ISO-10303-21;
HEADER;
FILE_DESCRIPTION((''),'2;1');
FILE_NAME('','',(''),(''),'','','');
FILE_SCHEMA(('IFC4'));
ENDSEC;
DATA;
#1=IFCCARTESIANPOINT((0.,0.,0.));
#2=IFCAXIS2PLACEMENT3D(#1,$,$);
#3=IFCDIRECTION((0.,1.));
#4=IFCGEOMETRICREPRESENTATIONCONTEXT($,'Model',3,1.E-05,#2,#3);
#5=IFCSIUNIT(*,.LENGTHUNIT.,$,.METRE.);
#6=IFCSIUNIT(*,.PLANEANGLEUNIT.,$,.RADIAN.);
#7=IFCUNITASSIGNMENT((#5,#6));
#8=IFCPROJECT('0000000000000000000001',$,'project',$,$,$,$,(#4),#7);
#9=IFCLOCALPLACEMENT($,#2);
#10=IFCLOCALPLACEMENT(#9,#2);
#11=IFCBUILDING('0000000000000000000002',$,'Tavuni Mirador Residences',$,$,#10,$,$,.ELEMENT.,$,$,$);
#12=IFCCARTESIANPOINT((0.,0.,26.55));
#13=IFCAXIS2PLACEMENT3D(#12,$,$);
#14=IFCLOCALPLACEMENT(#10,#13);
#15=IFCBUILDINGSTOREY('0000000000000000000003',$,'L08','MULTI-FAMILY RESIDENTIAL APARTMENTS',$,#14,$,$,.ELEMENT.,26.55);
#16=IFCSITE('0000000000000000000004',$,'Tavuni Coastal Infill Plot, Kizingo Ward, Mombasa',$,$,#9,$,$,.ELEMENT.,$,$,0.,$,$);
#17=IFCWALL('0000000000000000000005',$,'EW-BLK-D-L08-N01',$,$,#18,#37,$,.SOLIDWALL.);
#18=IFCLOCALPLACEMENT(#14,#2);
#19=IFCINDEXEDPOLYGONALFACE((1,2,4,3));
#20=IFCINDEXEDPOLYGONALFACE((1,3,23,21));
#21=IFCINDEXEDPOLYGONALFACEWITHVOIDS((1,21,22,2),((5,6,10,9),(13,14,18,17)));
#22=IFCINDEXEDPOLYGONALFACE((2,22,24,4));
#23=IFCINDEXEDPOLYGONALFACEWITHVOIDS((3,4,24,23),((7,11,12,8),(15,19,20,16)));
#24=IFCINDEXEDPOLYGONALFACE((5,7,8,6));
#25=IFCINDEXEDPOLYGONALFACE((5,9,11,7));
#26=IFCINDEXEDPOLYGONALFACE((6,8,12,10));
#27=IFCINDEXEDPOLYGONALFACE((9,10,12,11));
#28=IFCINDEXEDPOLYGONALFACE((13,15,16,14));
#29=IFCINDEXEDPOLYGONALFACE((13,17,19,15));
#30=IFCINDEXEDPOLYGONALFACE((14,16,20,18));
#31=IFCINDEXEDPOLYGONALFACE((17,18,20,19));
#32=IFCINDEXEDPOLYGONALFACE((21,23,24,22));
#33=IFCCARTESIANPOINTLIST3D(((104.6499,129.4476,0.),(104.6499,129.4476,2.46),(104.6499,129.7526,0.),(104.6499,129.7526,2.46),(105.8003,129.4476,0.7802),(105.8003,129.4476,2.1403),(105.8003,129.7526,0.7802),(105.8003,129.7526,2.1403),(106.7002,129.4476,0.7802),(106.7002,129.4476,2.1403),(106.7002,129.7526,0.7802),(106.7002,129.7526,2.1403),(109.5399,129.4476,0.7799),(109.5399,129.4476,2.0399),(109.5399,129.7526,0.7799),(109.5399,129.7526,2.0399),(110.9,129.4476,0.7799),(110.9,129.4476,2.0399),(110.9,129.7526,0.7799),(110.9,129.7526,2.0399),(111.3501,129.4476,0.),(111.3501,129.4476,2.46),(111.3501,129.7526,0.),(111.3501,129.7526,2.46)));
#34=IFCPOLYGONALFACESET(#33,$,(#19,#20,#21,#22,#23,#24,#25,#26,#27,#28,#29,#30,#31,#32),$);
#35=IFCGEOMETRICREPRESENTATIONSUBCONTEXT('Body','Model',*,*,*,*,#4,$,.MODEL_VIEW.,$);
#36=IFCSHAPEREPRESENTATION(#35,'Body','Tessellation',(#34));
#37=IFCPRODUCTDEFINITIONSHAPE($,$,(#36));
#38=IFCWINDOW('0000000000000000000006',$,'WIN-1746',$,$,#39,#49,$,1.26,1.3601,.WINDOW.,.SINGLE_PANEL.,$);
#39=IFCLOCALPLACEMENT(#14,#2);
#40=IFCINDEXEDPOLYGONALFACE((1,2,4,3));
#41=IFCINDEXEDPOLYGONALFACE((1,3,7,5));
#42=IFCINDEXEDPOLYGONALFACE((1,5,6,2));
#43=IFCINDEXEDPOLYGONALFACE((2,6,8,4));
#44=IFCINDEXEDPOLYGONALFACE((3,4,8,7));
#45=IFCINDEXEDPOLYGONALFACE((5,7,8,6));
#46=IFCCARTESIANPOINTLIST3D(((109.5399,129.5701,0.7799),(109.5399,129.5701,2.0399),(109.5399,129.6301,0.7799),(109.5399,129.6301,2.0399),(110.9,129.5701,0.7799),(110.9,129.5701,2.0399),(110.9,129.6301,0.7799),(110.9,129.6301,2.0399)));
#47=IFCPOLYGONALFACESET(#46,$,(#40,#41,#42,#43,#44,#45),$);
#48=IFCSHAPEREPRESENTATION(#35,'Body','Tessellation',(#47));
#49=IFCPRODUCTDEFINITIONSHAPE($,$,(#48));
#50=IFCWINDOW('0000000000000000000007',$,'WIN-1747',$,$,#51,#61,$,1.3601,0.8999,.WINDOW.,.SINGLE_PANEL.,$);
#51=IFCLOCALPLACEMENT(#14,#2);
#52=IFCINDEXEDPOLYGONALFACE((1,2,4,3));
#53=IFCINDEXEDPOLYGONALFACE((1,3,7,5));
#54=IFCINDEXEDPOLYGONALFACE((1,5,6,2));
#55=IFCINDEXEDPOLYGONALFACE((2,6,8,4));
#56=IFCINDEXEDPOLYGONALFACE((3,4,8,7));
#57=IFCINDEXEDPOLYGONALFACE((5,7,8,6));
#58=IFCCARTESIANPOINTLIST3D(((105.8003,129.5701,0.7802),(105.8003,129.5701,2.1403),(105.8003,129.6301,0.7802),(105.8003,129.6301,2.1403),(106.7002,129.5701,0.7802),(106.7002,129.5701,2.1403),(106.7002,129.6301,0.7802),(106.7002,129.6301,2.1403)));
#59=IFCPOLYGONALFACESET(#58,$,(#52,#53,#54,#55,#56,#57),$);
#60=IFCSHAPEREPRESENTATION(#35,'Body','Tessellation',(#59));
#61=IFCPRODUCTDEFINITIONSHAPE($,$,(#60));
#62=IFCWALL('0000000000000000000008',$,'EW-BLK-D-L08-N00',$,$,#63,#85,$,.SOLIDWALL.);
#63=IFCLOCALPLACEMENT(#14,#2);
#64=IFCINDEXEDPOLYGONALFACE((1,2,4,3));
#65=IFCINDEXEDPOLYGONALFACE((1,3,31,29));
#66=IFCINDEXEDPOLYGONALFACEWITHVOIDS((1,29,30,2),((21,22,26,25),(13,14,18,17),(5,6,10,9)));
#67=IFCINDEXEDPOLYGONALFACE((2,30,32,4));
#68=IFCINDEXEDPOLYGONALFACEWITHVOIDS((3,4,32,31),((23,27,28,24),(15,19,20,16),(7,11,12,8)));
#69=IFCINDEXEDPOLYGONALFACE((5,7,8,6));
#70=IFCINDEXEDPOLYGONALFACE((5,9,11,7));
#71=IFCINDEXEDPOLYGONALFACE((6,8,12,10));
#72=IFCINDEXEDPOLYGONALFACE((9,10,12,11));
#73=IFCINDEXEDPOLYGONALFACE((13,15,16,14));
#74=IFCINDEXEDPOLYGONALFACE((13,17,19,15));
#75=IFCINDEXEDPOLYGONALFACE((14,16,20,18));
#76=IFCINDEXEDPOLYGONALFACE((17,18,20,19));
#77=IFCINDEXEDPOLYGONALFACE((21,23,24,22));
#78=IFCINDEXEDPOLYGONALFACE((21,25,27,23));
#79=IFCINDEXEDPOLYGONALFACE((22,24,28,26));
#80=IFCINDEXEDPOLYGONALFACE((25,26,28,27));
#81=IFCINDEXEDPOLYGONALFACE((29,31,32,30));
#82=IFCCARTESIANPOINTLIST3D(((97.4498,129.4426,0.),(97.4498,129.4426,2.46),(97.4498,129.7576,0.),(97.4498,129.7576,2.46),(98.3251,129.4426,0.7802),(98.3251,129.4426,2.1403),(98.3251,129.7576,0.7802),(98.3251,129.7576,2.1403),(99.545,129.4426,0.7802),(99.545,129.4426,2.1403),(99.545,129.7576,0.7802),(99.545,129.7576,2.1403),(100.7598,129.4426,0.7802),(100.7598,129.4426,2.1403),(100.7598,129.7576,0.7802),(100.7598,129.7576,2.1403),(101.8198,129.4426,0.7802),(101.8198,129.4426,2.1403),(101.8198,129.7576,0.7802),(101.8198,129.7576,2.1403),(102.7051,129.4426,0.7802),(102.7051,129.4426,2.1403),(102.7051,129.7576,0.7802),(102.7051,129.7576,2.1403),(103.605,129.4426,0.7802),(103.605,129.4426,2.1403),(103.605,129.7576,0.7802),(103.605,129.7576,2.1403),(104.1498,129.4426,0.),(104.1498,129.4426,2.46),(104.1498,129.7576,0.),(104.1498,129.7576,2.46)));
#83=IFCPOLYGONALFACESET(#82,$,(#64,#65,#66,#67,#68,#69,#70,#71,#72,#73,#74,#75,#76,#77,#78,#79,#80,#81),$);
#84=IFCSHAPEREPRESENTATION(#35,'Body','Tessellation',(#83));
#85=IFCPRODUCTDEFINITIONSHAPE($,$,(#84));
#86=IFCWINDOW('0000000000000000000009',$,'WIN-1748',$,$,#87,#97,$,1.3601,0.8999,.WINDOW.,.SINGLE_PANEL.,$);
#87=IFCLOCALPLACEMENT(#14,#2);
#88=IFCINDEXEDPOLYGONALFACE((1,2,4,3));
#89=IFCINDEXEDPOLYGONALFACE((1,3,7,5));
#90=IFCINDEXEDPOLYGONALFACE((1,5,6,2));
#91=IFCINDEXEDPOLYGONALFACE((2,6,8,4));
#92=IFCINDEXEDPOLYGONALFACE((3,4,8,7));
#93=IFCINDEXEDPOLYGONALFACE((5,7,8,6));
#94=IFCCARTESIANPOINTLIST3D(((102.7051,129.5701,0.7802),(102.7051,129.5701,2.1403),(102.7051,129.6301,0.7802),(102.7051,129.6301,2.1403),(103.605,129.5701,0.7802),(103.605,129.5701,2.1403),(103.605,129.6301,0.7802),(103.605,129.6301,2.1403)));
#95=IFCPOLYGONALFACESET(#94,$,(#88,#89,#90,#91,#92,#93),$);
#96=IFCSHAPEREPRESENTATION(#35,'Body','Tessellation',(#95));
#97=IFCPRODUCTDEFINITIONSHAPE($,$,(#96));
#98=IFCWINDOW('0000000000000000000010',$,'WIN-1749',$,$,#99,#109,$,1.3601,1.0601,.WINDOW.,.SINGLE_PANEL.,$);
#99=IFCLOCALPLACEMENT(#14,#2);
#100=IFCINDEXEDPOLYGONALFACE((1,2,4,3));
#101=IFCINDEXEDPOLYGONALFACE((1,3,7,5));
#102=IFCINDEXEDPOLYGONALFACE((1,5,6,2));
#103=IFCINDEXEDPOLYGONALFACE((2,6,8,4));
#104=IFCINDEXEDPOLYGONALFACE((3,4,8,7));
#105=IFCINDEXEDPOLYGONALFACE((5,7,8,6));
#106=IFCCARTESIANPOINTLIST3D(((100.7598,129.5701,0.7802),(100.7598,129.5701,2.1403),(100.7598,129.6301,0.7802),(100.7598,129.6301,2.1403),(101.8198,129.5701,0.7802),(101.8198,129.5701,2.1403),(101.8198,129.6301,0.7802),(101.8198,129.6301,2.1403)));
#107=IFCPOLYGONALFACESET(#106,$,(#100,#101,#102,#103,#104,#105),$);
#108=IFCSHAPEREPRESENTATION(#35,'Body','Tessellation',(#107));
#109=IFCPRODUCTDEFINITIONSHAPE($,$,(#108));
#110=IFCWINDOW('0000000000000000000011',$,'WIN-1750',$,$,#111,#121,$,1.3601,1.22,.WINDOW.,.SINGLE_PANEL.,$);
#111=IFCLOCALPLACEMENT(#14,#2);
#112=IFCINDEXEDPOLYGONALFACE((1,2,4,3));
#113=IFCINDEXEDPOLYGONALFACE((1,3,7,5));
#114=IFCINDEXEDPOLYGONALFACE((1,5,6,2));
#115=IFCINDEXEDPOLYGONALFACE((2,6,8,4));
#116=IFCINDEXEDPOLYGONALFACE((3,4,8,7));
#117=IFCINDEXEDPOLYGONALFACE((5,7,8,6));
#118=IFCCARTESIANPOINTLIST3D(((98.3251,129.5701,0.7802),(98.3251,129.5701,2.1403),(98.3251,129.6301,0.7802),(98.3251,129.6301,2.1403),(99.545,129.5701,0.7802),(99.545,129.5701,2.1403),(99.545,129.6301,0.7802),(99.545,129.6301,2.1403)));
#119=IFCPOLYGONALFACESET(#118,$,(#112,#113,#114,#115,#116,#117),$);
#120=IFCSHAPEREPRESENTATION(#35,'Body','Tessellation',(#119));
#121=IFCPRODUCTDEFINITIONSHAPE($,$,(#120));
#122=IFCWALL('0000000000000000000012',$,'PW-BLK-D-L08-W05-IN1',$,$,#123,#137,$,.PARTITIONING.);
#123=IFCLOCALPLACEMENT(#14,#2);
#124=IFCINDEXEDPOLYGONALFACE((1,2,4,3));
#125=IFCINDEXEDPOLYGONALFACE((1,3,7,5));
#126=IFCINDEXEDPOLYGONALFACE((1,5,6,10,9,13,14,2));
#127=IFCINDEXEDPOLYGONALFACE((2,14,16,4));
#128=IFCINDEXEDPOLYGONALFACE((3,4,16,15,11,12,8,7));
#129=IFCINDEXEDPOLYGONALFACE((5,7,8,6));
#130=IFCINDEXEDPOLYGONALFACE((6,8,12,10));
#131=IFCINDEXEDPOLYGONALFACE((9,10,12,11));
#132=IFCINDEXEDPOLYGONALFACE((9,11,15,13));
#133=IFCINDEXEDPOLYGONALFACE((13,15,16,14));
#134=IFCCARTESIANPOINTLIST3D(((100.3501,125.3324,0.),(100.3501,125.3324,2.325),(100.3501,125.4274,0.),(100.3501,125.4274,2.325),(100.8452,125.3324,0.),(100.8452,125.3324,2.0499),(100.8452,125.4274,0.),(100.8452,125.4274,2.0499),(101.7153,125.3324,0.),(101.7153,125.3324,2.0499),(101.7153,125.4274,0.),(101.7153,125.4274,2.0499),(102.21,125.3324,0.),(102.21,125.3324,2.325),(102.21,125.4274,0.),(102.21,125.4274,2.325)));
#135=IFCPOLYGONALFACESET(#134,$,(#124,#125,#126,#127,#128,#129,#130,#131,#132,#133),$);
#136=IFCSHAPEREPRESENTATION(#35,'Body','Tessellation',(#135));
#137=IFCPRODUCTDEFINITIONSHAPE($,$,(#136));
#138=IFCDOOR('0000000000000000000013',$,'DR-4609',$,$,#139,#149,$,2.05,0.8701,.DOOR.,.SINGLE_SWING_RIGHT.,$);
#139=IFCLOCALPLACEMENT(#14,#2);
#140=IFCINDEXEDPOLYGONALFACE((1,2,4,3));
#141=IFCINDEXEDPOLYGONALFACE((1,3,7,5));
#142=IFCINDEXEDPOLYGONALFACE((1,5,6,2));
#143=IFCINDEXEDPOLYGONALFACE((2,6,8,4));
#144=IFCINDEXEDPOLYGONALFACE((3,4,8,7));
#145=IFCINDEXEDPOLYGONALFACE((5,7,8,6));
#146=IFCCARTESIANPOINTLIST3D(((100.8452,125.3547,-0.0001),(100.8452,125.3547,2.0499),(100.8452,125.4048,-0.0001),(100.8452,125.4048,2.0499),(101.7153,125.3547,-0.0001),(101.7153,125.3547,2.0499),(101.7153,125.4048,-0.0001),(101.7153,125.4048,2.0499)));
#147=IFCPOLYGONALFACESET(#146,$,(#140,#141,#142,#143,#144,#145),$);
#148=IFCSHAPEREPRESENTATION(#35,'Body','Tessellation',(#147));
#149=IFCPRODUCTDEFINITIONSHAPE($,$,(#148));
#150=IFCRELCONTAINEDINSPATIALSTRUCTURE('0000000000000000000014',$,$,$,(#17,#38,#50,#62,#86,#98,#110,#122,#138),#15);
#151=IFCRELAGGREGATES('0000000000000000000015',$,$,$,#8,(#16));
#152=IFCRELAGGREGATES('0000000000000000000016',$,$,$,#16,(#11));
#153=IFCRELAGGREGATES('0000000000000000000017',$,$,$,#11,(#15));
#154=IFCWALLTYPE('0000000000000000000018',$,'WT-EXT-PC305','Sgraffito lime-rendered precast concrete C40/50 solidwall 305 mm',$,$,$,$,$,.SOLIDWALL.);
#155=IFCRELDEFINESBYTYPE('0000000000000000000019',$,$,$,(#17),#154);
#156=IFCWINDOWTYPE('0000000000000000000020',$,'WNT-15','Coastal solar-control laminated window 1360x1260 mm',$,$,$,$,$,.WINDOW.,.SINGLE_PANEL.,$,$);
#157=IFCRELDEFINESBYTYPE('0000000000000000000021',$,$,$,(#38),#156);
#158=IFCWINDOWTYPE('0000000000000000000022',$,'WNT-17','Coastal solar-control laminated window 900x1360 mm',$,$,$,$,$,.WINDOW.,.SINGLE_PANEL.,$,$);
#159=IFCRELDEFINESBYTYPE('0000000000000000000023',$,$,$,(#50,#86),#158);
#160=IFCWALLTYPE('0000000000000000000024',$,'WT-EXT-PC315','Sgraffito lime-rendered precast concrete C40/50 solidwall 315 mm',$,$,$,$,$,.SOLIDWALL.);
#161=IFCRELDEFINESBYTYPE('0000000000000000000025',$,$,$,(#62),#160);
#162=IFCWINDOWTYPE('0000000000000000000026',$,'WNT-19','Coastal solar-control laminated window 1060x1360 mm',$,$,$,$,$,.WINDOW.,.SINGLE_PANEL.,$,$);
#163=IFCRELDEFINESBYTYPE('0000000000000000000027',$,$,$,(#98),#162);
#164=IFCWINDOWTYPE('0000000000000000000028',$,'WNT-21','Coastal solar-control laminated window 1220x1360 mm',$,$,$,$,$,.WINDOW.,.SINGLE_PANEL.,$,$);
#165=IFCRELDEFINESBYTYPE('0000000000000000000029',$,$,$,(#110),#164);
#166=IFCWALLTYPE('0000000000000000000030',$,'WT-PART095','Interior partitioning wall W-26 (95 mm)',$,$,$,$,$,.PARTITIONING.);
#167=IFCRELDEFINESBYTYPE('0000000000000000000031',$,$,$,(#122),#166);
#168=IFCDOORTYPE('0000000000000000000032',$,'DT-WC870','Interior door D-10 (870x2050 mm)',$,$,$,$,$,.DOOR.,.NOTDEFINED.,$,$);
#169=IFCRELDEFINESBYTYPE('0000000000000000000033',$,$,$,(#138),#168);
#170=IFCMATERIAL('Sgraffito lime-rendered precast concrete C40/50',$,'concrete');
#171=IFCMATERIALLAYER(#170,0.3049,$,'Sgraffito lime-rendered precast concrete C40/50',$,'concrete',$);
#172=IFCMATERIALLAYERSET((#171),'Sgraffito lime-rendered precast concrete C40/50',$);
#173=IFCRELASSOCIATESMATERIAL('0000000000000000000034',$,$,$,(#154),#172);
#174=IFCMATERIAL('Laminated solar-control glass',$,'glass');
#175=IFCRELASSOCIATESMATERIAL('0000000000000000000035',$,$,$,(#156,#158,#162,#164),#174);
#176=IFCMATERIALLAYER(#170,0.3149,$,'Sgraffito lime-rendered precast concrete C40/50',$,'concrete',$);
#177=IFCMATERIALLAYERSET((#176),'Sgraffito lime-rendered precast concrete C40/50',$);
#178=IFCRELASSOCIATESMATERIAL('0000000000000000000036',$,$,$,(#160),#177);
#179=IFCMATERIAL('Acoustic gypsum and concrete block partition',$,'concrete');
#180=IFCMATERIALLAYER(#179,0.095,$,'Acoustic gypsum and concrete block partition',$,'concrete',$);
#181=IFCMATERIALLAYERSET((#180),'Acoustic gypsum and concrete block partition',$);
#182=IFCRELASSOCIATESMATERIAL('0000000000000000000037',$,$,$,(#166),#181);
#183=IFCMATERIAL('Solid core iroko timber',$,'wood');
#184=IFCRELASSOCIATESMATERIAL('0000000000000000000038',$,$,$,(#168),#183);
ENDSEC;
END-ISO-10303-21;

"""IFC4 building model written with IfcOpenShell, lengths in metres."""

from ifc_helpers import new_model, si_unit, direction, frame, frame_2d, origin, place, context, subcontext, project, spatial, rectangle, extrude, material, layer, layer_set, type_object, element, fill, save


model = new_model("IFC4")

# Units and contexts
model_context = context("Model", 3, precision=1e-05, world=origin(), true_north=direction((0.0, 1.0)))
body_context = subcontext(model_context, "Body", "Model", "MODEL_VIEW")
ifc_project = project(units=[si_unit("LENGTHUNIT", "METRE"), si_unit("PLANEANGLEUNIT", "RADIAN")], contexts=[model_context])

# Site, building, storey
site_placement = place(None, origin())
site = spatial("IfcSite", under=ifc_project, at=site_placement, Name="Tavuni Coastal Infill Plot, Kizingo Ward, Mombasa", CompositionType="ELEMENT", RefElevation=0.0)
building_placement = place(site_placement, origin())
building = spatial("IfcBuilding", under=site, at=building_placement, Name="Tavuni Mirador Residences", CompositionType="ELEMENT")
storey_placement = place(building_placement, frame((0.0, 0.0, 26.55)))
storey = spatial("IfcBuildingStorey", under=building, at=storey_placement, Name="L08", Description="MULTI-FAMILY RESIDENTIAL APARTMENTS", CompositionType="ELEMENT", Elevation=26.55)

# Shared definitions
ifc_material_1 = material(Name="Solid core iroko timber", Category="wood")

# Walls, openings, windows
ifc_material_2 = material(Name="Sgraffito lime-rendered precast concrete C40/50", Category="concrete")
ifc_layer_1 = layer(ifc_material_2, 0.3049, Name="Sgraffito lime-rendered precast concrete C40/50", Category="concrete")
ifc_layer_set_1 = layer_set([ifc_layer_1], Name="Sgraffito lime-rendered precast concrete C40/50")
wall_type_1 = type_object("IfcWallType", Name="WT-EXT-PC305", Description="Sgraffito lime-rendered precast concrete C40/50 solidwall 305 mm", PredefinedType="SOLIDWALL", material=ifc_layer_set_1)
wall_1_placement = place(storey_placement, frame((111.3501, 129.6001, 0.0), z_axis=(0.0, 0.0, 1.0), x_axis=(-1.0, 0.0, 0.0)))
wall_1 = element("IfcWall", 1, at=wall_1_placement, inside=storey, type_object=wall_type_1, Name="EW-BLK-D-L08-N01", PredefinedType="SOLIDWALL", context=body_context, shape_type="SweptSolid", body=[
    extrude(rectangle(XDim=6.7002, YDim=0.3049, at=frame_2d((3.3501, 0.0))), origin(), (0.0, 0.0, 1.0), 2.46),
])
opening_1_placement = place(wall_1_placement, frame((0.45, 0.0, 0.78)))
opening_1 = element("IfcOpeningElement", 2, at=opening_1_placement, cuts=wall_1, PredefinedType="OPENING", context=body_context, shape_type="SweptSolid", body=[
    extrude(rectangle(XDim=1.3601, YDim=1.26, at=frame_2d((0.6802, 0.6299))), frame((0.0, 0.1626, 0.0), z_axis=(0.0, -1.0, 0.0), x_axis=(1.0, 0.0, 0.0)), (0.0, 0.0, 1.0), 0.325),
])
opening_2_placement = place(wall_1_placement, frame((4.6499, 0.0, 0.78)))
opening_2 = element("IfcOpeningElement", 3, at=opening_2_placement, cuts=wall_1, PredefinedType="OPENING", context=body_context, shape_type="SweptSolid", body=[
    extrude(rectangle(XDim=0.8999, YDim=1.3601, at=frame_2d((0.45, 0.6802))), frame((0.0, 0.1626, 0.0), z_axis=(0.0, -1.0, 0.0), x_axis=(1.0, 0.0, 0.0)), (0.0, 0.0, 1.0), 0.325),
])
ifc_material_3 = material(Name="Laminated solar-control glass", Category="glass")
window_type_1 = type_object("IfcWindowType", Name="WNT-15", Description="Coastal solar-control laminated window 1360x1260 mm", PartitioningType="SINGLE_PANEL", PredefinedType="WINDOW", material=ifc_material_3)
window_1_placement = place(opening_1_placement, origin())
window_1 = element("IfcWindow", 4, at=window_1_placement, inside=storey, type_object=window_type_1, Name="WIN-1746", OverallHeight=1.26, OverallWidth=1.3601, PartitioningType="SINGLE_PANEL", PredefinedType="WINDOW", context=body_context, shape_type="SweptSolid", body=[
    extrude(rectangle(XDim=1.3601, YDim=1.26, at=frame_2d((0.6802, 0.6299))), frame((0.0, 0.03, 0.0), z_axis=(0.0, -1.0, 0.0), x_axis=(1.0, 0.0, 0.0)), (0.0, 0.0, 1.0), 0.0601),
])
fill(opening_1, window_1)
window_type_2 = type_object("IfcWindowType", Name="WNT-17", Description="Coastal solar-control laminated window 900x1360 mm", PartitioningType="SINGLE_PANEL", PredefinedType="WINDOW", material=ifc_material_3)
window_2_placement = place(opening_2_placement, origin())
window_2 = element("IfcWindow", 5, at=window_2_placement, inside=storey, type_object=window_type_2, Name="WIN-1747", OverallHeight=1.3601, OverallWidth=0.8999, PartitioningType="SINGLE_PANEL", PredefinedType="WINDOW", context=body_context, shape_type="SweptSolid", body=[
    extrude(rectangle(XDim=0.8999, YDim=1.3601, at=frame_2d((0.45, 0.6802))), frame((0.0, 0.03, 0.0), z_axis=(0.0, -1.0, 0.0), x_axis=(1.0, 0.0, 0.0)), (0.0, 0.0, 1.0), 0.0601),
])
fill(opening_2, window_2)
ifc_layer_2 = layer(ifc_material_2, 0.3149, Name="Sgraffito lime-rendered precast concrete C40/50", Category="concrete")
ifc_layer_set_2 = layer_set([ifc_layer_2], Name="Sgraffito lime-rendered precast concrete C40/50")
wall_type_2 = type_object("IfcWallType", Name="WT-EXT-PC315", Description="Sgraffito lime-rendered precast concrete C40/50 solidwall 315 mm", PredefinedType="SOLIDWALL", material=ifc_layer_set_2)
wall_2_placement = place(storey_placement, frame((104.1499, 129.6001, 0.0), z_axis=(0.0, 0.0, 1.0), x_axis=(-1.0, 0.0, 0.0)))
wall_2 = element("IfcWall", 6, at=wall_2_placement, inside=storey, type_object=wall_type_2, Name="EW-BLK-D-L08-N00", PredefinedType="SOLIDWALL", context=body_context, shape_type="SweptSolid", body=[
    extrude(rectangle(XDim=6.7, YDim=0.3149, at=frame_2d((3.3501, 0.0))), origin(), (0.0, 0.0, 1.0), 2.46),
])
opening_3_placement = place(wall_2_placement, frame((0.5449, 0.0, 0.78)))
opening_3 = element("IfcOpeningElement", 7, at=opening_3_placement, cuts=wall_2, PredefinedType="OPENING", context=body_context, shape_type="SweptSolid", body=[
    extrude(rectangle(XDim=0.8999, YDim=1.3601, at=frame_2d((0.45, 0.6802))), frame((0.0, 0.1675, 0.0), z_axis=(0.0, -1.0, 0.0), x_axis=(1.0, 0.0, 0.0)), (0.0, 0.0, 1.0), 0.335),
])
opening_4_placement = place(wall_2_placement, frame((2.3301, 0.0, 0.78)))
opening_4 = element("IfcOpeningElement", 8, at=opening_4_placement, cuts=wall_2, PredefinedType="OPENING", context=body_context, shape_type="SweptSolid", body=[
    extrude(rectangle(XDim=1.0601, YDim=1.3601, at=frame_2d((0.53, 0.6802))), frame((0.0, 0.1675, 0.0), z_axis=(0.0, -1.0, 0.0), x_axis=(1.0, 0.0, 0.0)), (0.0, 0.0, 1.0), 0.335),
])
opening_5_placement = place(wall_2_placement, frame((4.605, 0.0, 0.78)))
opening_5 = element("IfcOpeningElement", 9, at=opening_5_placement, cuts=wall_2, PredefinedType="OPENING", context=body_context, shape_type="SweptSolid", body=[
    extrude(rectangle(XDim=1.22, YDim=1.3601, at=frame_2d((0.6099, 0.6802))), frame((0.0, 0.1675, 0.0), z_axis=(0.0, -1.0, 0.0), x_axis=(1.0, 0.0, 0.0)), (0.0, 0.0, 1.0), 0.335),
])
window_3_placement = place(opening_3_placement, origin())
window_3 = element("IfcWindow", 10, at=window_3_placement, inside=storey, type_object=window_type_2, Name="WIN-1748", OverallHeight=1.3601, OverallWidth=0.8999, PartitioningType="SINGLE_PANEL", PredefinedType="WINDOW", context=body_context, shape_type="SweptSolid", body=[
    extrude(rectangle(XDim=0.8999, YDim=1.3601, at=frame_2d((0.45, 0.6802))), frame((0.0, 0.03, 0.0), z_axis=(0.0, -1.0, 0.0), x_axis=(1.0, 0.0, 0.0)), (0.0, 0.0, 1.0), 0.0601),
])
fill(opening_3, window_3)
window_type_3 = type_object("IfcWindowType", Name="WNT-19", Description="Coastal solar-control laminated window 1060x1360 mm", PartitioningType="SINGLE_PANEL", PredefinedType="WINDOW", material=ifc_material_3)
window_4_placement = place(opening_4_placement, origin())
window_4 = element("IfcWindow", 11, at=window_4_placement, inside=storey, type_object=window_type_3, Name="WIN-1749", OverallHeight=1.3601, OverallWidth=1.0601, PartitioningType="SINGLE_PANEL", PredefinedType="WINDOW", context=body_context, shape_type="SweptSolid", body=[
    extrude(rectangle(XDim=1.0601, YDim=1.3601, at=frame_2d((0.53, 0.6802))), frame((0.0, 0.03, 0.0), z_axis=(0.0, -1.0, 0.0), x_axis=(1.0, 0.0, 0.0)), (0.0, 0.0, 1.0), 0.0601),
])
fill(opening_4, window_4)
window_type_4 = type_object("IfcWindowType", Name="WNT-21", Description="Coastal solar-control laminated window 1220x1360 mm", PartitioningType="SINGLE_PANEL", PredefinedType="WINDOW", material=ifc_material_3)
window_5_placement = place(opening_5_placement, origin())
window_5 = element("IfcWindow", 12, at=window_5_placement, inside=storey, type_object=window_type_4, Name="WIN-1750", OverallHeight=1.3601, OverallWidth=1.22, PartitioningType="SINGLE_PANEL", PredefinedType="WINDOW", context=body_context, shape_type="SweptSolid", body=[
    extrude(rectangle(XDim=1.22, YDim=1.3601, at=frame_2d((0.6099, 0.6802))), frame((0.0, 0.03, 0.0), z_axis=(0.0, -1.0, 0.0), x_axis=(1.0, 0.0, 0.0)), (0.0, 0.0, 1.0), 0.0601),
])
fill(opening_5, window_5)

# Wall, opening, door
ifc_material_4 = material(Name="Acoustic gypsum and concrete block partition", Category="concrete")
ifc_layer_3 = layer(ifc_material_4, 0.095, Name="Acoustic gypsum and concrete block partition", Category="concrete")
ifc_layer_set_3 = layer_set([ifc_layer_3], Name="Acoustic gypsum and concrete block partition")
wall_type_3 = type_object("IfcWallType", Name="WT-PART095", Description="Interior partitioning wall W-26 (95 mm)", PredefinedType="PARTITIONING", material=ifc_layer_set_3)
wall_3_placement = place(storey_placement, frame((100.3501, 125.3799, 0.0), z_axis=(0.0, 0.0, 1.0), x_axis=(1.0, 0.0, 0.0)))
wall_3 = element("IfcWall", 13, at=wall_3_placement, inside=storey, type_object=wall_type_3, Name="PW-BLK-D-L08-W05-IN1", PredefinedType="PARTITIONING", context=body_context, shape_type="SweptSolid", body=[
    extrude(rectangle(XDim=1.8599, YDim=0.095, at=frame_2d((0.9299, 0.0))), origin(), (0.0, 0.0, 1.0), 2.325),
])
opening_6_placement = place(wall_3_placement, frame((0.4951, 0.0, 0.0)))
opening_6 = element("IfcOpeningElement", 14, at=opening_6_placement, cuts=wall_3, PredefinedType="OPENING", context=body_context, shape_type="SweptSolid", body=[
    extrude(rectangle(XDim=0.8701, YDim=2.05, at=frame_2d((0.4351, 1.0249))), frame((0.0, 0.0576, 0.0), z_axis=(0.0, -1.0, 0.0), x_axis=(1.0, 0.0, 0.0)), (0.0, 0.0, 1.0), 0.115),
])
door_type_1 = type_object("IfcDoorType", Name="DT-WC870", Description="Interior door D-10 (870x2050 mm)", OperationType="NOTDEFINED", PredefinedType="DOOR", material=ifc_material_1)
door_1_placement = place(opening_6_placement, origin())
door_1 = element("IfcDoor", 15, at=door_1_placement, inside=storey, type_object=door_type_1, Name="DR-4609", OperationType="SINGLE_SWING_RIGHT", OverallHeight=2.05, OverallWidth=0.8701, PredefinedType="DOOR", context=body_context, shape_type="SweptSolid", body=[
    extrude(rectangle(XDim=0.8701, YDim=2.05, at=frame_2d((0.4351, 1.0249))), frame((0.0, 0.0249, 0.0), z_axis=(0.0, -1.0, 0.0), x_axis=(1.0, 0.0, 0.0)), (0.0, 0.0, 1.0), 0.05),
])
fill(opening_6, door_1)

save(model, "model.ifc")
